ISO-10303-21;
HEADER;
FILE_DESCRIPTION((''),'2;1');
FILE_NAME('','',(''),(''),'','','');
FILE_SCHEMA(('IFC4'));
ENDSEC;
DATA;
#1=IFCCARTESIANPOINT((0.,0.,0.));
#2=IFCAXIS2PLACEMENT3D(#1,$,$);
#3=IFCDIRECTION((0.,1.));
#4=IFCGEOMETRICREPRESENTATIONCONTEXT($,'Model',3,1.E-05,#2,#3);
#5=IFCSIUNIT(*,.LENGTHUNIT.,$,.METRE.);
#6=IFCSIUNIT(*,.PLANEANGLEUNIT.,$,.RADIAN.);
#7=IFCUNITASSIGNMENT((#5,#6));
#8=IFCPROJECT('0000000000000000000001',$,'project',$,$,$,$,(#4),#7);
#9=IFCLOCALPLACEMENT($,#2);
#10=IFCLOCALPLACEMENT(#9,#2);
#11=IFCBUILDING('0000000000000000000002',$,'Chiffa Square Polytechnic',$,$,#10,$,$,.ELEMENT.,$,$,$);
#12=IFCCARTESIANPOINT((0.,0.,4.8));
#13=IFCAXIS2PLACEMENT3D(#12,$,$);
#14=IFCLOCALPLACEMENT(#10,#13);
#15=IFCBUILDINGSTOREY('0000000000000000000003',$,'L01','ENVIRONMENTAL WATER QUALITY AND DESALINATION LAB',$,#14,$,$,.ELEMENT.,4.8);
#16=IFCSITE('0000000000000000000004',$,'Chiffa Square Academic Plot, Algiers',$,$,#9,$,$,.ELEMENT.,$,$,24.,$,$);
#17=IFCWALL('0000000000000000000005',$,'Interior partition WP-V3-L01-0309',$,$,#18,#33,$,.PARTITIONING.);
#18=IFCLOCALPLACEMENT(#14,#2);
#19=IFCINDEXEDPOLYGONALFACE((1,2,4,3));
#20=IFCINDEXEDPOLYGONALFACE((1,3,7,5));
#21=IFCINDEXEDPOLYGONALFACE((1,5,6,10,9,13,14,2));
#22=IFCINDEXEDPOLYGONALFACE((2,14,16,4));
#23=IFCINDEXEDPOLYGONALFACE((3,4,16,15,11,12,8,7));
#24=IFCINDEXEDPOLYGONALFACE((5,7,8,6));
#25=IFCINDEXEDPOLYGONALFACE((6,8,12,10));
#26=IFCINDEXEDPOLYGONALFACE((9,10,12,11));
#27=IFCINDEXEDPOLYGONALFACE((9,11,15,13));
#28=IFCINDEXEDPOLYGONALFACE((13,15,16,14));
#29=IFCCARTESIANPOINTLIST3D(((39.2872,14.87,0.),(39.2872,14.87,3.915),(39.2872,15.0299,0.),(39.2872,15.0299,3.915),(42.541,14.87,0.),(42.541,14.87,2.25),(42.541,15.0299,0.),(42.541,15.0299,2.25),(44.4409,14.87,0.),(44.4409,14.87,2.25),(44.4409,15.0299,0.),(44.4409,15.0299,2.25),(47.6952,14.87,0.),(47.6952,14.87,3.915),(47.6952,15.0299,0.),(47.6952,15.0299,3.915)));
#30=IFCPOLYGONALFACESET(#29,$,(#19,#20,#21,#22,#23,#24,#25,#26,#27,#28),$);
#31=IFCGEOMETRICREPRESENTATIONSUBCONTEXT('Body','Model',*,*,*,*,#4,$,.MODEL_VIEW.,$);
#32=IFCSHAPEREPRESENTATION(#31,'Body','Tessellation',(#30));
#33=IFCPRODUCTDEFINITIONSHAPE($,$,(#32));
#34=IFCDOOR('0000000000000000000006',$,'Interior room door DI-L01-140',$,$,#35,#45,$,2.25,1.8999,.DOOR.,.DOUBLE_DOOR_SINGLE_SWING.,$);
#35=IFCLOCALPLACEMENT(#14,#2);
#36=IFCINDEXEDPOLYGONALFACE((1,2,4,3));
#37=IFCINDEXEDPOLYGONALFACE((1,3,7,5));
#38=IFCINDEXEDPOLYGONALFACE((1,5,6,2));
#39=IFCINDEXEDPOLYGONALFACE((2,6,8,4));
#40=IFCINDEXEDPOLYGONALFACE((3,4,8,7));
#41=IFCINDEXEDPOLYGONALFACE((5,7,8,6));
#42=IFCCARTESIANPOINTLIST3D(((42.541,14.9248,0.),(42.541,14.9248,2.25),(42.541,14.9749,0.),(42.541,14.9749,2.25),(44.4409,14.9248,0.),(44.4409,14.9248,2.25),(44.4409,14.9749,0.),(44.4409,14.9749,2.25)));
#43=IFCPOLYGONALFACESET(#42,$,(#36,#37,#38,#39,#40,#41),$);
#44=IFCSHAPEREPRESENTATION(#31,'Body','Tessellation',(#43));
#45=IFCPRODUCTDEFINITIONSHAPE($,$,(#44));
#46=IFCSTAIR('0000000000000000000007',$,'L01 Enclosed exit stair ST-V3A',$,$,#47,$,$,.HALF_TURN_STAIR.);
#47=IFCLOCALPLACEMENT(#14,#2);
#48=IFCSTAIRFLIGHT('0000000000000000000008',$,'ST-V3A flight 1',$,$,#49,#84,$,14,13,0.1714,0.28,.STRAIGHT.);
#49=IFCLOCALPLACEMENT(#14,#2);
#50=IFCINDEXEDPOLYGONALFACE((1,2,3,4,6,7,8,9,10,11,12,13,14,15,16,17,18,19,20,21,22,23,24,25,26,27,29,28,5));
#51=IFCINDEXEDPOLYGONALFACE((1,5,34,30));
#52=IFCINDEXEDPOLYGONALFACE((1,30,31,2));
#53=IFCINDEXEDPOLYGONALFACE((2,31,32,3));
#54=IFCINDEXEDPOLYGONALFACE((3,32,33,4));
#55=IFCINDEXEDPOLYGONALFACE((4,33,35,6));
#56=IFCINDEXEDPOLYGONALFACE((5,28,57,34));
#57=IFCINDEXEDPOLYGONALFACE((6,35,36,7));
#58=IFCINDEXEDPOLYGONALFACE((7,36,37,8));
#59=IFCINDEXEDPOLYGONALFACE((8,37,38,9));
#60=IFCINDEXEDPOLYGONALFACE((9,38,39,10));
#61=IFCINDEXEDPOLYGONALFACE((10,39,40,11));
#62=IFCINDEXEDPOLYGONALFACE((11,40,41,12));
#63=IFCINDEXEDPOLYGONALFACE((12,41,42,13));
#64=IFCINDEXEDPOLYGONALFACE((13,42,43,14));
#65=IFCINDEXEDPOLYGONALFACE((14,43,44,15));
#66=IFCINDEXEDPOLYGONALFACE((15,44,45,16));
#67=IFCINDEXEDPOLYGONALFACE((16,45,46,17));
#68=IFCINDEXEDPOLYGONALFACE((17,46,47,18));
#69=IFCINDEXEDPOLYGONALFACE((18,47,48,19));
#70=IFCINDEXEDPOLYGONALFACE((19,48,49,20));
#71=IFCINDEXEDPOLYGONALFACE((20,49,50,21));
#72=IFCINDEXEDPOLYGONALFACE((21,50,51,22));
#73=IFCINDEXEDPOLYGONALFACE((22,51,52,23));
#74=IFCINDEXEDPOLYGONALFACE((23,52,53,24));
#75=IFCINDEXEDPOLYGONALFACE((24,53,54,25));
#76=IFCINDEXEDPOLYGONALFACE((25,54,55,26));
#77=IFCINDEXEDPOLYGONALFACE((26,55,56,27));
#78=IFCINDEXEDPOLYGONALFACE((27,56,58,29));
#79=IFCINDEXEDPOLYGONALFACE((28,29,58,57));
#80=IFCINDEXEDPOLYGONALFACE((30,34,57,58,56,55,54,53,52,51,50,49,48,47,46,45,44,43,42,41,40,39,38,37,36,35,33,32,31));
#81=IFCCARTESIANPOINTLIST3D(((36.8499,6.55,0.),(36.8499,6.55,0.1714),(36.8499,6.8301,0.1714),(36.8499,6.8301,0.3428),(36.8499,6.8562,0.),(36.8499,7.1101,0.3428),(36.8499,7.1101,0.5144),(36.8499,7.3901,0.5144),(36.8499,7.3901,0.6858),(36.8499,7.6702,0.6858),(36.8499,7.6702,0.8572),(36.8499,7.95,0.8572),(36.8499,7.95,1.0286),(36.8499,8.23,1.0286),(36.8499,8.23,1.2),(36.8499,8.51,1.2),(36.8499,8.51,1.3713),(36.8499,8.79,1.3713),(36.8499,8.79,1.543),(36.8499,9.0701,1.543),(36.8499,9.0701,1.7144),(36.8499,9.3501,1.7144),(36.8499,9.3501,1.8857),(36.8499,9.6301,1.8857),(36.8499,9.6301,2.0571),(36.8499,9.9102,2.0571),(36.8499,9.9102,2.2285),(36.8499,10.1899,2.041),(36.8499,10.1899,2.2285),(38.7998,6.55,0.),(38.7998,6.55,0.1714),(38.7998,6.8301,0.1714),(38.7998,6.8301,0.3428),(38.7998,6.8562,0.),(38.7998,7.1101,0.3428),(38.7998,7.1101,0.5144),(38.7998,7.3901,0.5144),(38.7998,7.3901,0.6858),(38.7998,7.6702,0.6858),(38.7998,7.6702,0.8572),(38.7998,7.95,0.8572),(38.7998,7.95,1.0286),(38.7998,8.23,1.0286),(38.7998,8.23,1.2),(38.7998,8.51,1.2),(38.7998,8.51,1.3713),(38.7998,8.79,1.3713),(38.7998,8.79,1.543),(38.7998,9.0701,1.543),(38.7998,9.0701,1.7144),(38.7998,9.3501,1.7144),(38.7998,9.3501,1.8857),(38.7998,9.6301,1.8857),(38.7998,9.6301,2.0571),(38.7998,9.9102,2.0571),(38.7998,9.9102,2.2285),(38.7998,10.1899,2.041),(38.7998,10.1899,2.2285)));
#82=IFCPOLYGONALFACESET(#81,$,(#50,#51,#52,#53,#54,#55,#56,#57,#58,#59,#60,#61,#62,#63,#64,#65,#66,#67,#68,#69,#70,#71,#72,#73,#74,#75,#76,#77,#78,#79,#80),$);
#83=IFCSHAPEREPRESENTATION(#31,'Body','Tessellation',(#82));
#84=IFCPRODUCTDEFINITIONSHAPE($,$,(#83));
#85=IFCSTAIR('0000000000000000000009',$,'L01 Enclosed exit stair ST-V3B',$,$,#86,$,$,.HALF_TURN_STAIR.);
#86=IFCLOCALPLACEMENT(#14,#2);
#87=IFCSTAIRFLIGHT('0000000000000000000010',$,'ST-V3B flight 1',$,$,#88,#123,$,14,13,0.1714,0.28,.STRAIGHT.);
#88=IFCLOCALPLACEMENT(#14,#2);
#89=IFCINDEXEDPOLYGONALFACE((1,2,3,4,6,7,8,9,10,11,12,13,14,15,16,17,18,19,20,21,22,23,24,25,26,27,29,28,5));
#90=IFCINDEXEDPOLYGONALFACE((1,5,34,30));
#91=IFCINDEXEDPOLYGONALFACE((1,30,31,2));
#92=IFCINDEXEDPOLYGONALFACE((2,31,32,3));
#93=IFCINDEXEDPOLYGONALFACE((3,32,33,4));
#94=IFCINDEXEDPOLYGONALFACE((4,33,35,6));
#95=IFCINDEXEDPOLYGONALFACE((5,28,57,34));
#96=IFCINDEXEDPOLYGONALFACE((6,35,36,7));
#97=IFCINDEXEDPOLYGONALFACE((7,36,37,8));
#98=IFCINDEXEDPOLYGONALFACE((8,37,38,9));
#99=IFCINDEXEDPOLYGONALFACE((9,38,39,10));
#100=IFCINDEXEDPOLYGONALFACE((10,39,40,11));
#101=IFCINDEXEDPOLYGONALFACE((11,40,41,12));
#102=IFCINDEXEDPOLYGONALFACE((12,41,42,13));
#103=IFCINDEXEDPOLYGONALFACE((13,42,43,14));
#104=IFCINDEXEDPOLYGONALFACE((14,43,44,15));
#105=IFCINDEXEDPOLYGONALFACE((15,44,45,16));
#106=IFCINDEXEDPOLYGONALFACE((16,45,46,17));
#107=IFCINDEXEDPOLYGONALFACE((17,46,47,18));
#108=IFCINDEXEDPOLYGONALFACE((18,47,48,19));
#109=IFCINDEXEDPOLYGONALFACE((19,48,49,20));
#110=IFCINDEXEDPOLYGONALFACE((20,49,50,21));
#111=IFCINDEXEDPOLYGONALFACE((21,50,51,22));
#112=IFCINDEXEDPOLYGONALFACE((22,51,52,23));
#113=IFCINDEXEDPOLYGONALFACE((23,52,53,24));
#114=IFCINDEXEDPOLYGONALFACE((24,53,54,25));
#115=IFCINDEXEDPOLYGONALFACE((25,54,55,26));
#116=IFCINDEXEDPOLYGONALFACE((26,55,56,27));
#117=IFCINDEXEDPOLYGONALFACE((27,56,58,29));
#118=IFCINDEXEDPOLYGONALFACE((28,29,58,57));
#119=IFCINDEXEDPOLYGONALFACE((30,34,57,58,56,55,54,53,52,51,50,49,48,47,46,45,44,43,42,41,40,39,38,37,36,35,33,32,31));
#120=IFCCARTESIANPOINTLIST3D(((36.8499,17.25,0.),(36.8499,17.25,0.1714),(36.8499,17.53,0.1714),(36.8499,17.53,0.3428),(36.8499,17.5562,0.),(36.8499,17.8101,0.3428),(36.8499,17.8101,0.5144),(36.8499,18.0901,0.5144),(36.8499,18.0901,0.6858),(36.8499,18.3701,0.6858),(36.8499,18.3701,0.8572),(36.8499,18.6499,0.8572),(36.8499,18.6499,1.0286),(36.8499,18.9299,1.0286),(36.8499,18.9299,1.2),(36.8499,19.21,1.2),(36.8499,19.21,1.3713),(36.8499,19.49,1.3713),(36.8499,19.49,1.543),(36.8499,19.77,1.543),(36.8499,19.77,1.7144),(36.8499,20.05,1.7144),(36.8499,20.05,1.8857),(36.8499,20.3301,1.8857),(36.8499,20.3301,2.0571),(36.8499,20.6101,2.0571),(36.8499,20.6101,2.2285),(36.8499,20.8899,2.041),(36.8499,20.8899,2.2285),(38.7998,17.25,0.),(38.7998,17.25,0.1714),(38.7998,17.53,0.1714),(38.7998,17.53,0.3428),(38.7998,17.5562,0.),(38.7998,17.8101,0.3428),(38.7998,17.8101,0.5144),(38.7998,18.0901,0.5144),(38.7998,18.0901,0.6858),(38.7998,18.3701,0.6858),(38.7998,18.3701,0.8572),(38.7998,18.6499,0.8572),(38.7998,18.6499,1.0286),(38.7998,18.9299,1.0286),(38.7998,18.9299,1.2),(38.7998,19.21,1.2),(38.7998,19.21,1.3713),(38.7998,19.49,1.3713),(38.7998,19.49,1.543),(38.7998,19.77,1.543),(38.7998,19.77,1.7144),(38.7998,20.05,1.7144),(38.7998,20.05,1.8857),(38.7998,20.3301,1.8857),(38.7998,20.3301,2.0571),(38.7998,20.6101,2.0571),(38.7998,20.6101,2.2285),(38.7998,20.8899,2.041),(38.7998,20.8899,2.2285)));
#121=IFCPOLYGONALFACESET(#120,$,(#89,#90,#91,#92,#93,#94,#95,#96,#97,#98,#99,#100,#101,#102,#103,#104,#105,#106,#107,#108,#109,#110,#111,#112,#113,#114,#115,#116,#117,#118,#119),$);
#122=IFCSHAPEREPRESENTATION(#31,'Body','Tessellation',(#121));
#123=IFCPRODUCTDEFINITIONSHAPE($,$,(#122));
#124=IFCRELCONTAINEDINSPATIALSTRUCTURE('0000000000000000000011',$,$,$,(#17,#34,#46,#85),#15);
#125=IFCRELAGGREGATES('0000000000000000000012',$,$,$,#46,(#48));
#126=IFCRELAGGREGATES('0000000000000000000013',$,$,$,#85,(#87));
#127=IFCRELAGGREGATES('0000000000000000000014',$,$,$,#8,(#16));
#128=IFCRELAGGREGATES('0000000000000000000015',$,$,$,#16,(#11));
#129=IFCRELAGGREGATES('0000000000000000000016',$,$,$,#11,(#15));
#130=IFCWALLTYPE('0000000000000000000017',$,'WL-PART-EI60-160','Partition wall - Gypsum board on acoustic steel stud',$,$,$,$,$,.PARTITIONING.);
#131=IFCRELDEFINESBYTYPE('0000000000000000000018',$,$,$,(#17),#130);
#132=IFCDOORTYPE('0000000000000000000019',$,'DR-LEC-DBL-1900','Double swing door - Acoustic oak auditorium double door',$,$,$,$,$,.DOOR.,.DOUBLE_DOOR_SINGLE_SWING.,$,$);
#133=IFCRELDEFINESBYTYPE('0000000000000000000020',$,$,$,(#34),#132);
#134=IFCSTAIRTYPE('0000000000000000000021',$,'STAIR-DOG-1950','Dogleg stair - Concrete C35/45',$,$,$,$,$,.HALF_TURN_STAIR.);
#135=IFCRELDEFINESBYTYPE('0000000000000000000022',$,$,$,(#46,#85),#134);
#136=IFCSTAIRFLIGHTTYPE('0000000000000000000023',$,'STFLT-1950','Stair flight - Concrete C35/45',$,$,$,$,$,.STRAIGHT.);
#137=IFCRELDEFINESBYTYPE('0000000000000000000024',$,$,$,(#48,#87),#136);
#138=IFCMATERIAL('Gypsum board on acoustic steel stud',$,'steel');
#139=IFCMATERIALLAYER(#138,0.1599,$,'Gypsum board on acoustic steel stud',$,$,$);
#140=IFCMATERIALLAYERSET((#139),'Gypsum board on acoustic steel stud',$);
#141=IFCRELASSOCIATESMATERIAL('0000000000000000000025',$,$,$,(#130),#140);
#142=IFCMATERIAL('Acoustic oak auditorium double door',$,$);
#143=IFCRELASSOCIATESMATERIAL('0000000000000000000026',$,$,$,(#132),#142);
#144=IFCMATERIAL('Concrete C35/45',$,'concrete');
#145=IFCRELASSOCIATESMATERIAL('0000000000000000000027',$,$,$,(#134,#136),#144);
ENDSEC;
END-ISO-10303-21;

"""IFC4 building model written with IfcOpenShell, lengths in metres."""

from ifc_helpers import new_model, si_unit, direction, frame, frame_2d, origin, place, context, subcontext, project, spatial, polyline, rectangle, outline, extrude, material, layer, layer_set, type_object, element, fill, aggregate, save


model = new_model("IFC4")

# Units and contexts
model_context = context("Model", 3, precision=1e-05, world=origin(), true_north=direction((0.0, 1.0)))
body_context = subcontext(model_context, "Body", "Model", "MODEL_VIEW")
ifc_project = project(units=[si_unit("LENGTHUNIT", "METRE"), si_unit("PLANEANGLEUNIT", "RADIAN")], contexts=[model_context])

# Site, building, storey
site_placement = place(None, origin())
site = spatial("IfcSite", under=ifc_project, at=site_placement, Name="Chiffa Square Academic Plot, Algiers", CompositionType="ELEMENT", RefElevation=24.0)
building_placement = place(site_placement, origin())
building = spatial("IfcBuilding", under=site, at=building_placement, Name="Chiffa Square Polytechnic", CompositionType="ELEMENT")
storey_placement = place(building_placement, frame((0.0, 0.0, 4.8)))
storey = spatial("IfcBuildingStorey", under=building, at=storey_placement, Name="L01", Description="ENVIRONMENTAL WATER QUALITY AND DESALINATION LAB", CompositionType="ELEMENT", Elevation=4.8)

# Shared definitions
ifc_material_1 = material(Name="Concrete C35/45", Category="concrete")

# Wall, opening, door
ifc_material_2 = material(Name="Gypsum board on acoustic steel stud", Category="steel")
ifc_layer_1 = layer(ifc_material_2, 0.1599, Name="Gypsum board on acoustic steel stud")
ifc_layer_set_1 = layer_set([ifc_layer_1], Name="Gypsum board on acoustic steel stud")
wall_type_1 = type_object("IfcWallType", Name="WL-PART-EI60-160", Description="Partition wall - Gypsum board on acoustic steel stud", PredefinedType="PARTITIONING", material=ifc_layer_set_1)
wall_1_placement = place(storey_placement, frame((39.2871, 14.95, 0.0), z_axis=(0.0, 0.0, 1.0), x_axis=(1.0, 0.0, 0.0)))
wall_1 = element("IfcWall", 1, at=wall_1_placement, inside=storey, type_object=wall_type_1, Name="Interior partition WP-V3-L01-0309", PredefinedType="PARTITIONING", context=body_context, shape_type="SweptSolid", body=[
    extrude(rectangle(XDim=8.408, YDim=0.1599, at=frame_2d((4.2041, 0.0))), origin(), (0.0, 0.0, 1.0), 3.915),
])
opening_1_placement = place(wall_1_placement, frame((3.2539, 0.0, 0.0)))
opening_1 = element("IfcOpeningElement", 2, at=opening_1_placement, cuts=wall_1, PredefinedType="OPENING", context=body_context, shape_type="SweptSolid", body=[
    extrude(rectangle(XDim=1.8999, YDim=2.25, at=frame_2d((0.95, 1.125))), frame((0.0, 0.0898, 0.0), z_axis=(0.0, -1.0, 0.0), x_axis=(1.0, 0.0, 0.0)), (0.0, 0.0, 1.0), 0.1799),
])
ifc_material_3 = material(Name="Acoustic oak auditorium double door")
door_type_1 = type_object("IfcDoorType", Name="DR-LEC-DBL-1900", Description="Double swing door - Acoustic oak auditorium double door", OperationType="DOUBLE_DOOR_SINGLE_SWING", PredefinedType="DOOR", material=ifc_material_3)
door_1_placement = place(opening_1_placement, origin())
door_1 = element("IfcDoor", 3, at=door_1_placement, inside=storey, type_object=door_type_1, Name="Interior room door DI-L01-140", OperationType="DOUBLE_DOOR_SINGLE_SWING", OverallHeight=2.25, OverallWidth=1.8999, PredefinedType="DOOR", context=body_context, shape_type="SweptSolid", body=[
    extrude(rectangle(XDim=1.8999, YDim=2.25, at=frame_2d((0.95, 1.125))), frame((0.0, 0.0249, 0.0), z_axis=(0.0, -1.0, 0.0), x_axis=(1.0, 0.0, 0.0)), (0.0, 0.0, 1.0), 0.05),
])
fill(opening_1, door_1)

# Stairs, stair flights
stair_type = type_object("IfcStairType", Name="STAIR-DOG-1950", Description="Dogleg stair - Concrete C35/45", PredefinedType="HALF_TURN_STAIR", material=ifc_material_1)
stair_1_placement = place(storey_placement, origin())
stair_1 = element("IfcStair", 4, at=stair_1_placement, inside=storey, type_object=stair_type, Name="L01 Enclosed exit stair ST-V3A", PredefinedType="HALF_TURN_STAIR")
stair_flight_type = type_object("IfcStairFlightType", Name="STFLT-1950", Description="Stair flight - Concrete C35/45", PredefinedType="STRAIGHT", material=ifc_material_1)
stair_flight_1_placement = place(storey_placement, frame((37.825, 6.55, 0.0), z_axis=(0.0, 0.0, 1.0), x_axis=(0.0, 1.0, 0.0)))
stair_flight_1 = element("IfcStairFlight", 5, at=stair_flight_1_placement, type_object=stair_flight_type, Name="ST-V3A flight 1", NumberOfRisers=14, NumberOfTreads=13, PredefinedType="STRAIGHT", RiserHeight=0.1714, TreadLength=0.28, context=body_context, shape_type="SweptSolid", body=[
    extrude(outline(polyline([(0.0, 0.0), (0.0, 0.1714), (0.28, 0.1714), (0.28, 0.3428), (0.5601, 0.3428), (0.5601, 0.5144), (0.8401, 0.5144), (0.8401, 0.6858), (1.1201, 0.6858), (1.1201, 0.8572), (1.3999, 0.8572), (1.3999, 1.0286), (1.6799, 1.0286), (1.6799, 1.2), (1.96, 1.2), (1.96, 1.3713), (2.24, 1.3713), (2.24, 1.543), (2.52, 1.543), (2.52, 1.7144), (2.8, 1.7144), (2.8, 1.8857), (3.0801, 1.8857), (3.0801, 2.0571), (3.3601, 2.0571), (3.3601, 2.2285), (3.6399, 2.2285), (3.6399, 2.3999), (3.6399, 2.041), (0.3062, 0.0), (0.0, 0.0)])), frame((0.0, 0.9751, 0.0), z_axis=(0.0, -1.0, 0.0), x_axis=(1.0, 0.0, 0.0)), (0.0, 0.0, 1.0), 1.95),
])
aggregate(stair_1, [stair_flight_1])
stair_2_placement = place(storey_placement, origin())
stair_2 = element("IfcStair", 6, at=stair_2_placement, inside=storey, type_object=stair_type, Name="L01 Enclosed exit stair ST-V3B", PredefinedType="HALF_TURN_STAIR")
stair_flight_2_placement = place(storey_placement, frame((37.825, 17.25, 0.0), z_axis=(0.0, 0.0, 1.0), x_axis=(0.0, 1.0, 0.0)))
stair_flight_2 = element("IfcStairFlight", 7, at=stair_flight_2_placement, type_object=stair_flight_type, Name="ST-V3B flight 1", NumberOfRisers=14, NumberOfTreads=13, PredefinedType="STRAIGHT", RiserHeight=0.1714, TreadLength=0.28, context=body_context, shape_type="SweptSolid", body=[
    extrude(outline(polyline([(0.0, 0.0), (0.0, 0.1714), (0.28, 0.1714), (0.28, 0.3428), (0.5601, 0.3428), (0.5601, 0.5144), (0.8401, 0.5144), (0.8401, 0.6858), (1.1201, 0.6858), (1.1201, 0.8572), (1.3999, 0.8572), (1.3999, 1.0286), (1.6799, 1.0286), (1.6799, 1.2), (1.96, 1.2), (1.96, 1.3713), (2.24, 1.3713), (2.24, 1.543), (2.52, 1.543), (2.52, 1.7144), (2.8, 1.7144), (2.8, 1.8857), (3.0801, 1.8857), (3.0801, 2.0571), (3.3601, 2.0571), (3.3601, 2.2285), (3.6399, 2.2285), (3.6399, 2.3999), (3.6399, 2.041), (0.3062, 0.0), (0.0, 0.0)])), frame((0.0, 0.9751, 0.0), z_axis=(0.0, -1.0, 0.0), x_axis=(1.0, 0.0, 0.0)), (0.0, 0.0, 1.0), 1.95),
])
aggregate(stair_2, [stair_flight_2])

save(model, "model.ifc")
